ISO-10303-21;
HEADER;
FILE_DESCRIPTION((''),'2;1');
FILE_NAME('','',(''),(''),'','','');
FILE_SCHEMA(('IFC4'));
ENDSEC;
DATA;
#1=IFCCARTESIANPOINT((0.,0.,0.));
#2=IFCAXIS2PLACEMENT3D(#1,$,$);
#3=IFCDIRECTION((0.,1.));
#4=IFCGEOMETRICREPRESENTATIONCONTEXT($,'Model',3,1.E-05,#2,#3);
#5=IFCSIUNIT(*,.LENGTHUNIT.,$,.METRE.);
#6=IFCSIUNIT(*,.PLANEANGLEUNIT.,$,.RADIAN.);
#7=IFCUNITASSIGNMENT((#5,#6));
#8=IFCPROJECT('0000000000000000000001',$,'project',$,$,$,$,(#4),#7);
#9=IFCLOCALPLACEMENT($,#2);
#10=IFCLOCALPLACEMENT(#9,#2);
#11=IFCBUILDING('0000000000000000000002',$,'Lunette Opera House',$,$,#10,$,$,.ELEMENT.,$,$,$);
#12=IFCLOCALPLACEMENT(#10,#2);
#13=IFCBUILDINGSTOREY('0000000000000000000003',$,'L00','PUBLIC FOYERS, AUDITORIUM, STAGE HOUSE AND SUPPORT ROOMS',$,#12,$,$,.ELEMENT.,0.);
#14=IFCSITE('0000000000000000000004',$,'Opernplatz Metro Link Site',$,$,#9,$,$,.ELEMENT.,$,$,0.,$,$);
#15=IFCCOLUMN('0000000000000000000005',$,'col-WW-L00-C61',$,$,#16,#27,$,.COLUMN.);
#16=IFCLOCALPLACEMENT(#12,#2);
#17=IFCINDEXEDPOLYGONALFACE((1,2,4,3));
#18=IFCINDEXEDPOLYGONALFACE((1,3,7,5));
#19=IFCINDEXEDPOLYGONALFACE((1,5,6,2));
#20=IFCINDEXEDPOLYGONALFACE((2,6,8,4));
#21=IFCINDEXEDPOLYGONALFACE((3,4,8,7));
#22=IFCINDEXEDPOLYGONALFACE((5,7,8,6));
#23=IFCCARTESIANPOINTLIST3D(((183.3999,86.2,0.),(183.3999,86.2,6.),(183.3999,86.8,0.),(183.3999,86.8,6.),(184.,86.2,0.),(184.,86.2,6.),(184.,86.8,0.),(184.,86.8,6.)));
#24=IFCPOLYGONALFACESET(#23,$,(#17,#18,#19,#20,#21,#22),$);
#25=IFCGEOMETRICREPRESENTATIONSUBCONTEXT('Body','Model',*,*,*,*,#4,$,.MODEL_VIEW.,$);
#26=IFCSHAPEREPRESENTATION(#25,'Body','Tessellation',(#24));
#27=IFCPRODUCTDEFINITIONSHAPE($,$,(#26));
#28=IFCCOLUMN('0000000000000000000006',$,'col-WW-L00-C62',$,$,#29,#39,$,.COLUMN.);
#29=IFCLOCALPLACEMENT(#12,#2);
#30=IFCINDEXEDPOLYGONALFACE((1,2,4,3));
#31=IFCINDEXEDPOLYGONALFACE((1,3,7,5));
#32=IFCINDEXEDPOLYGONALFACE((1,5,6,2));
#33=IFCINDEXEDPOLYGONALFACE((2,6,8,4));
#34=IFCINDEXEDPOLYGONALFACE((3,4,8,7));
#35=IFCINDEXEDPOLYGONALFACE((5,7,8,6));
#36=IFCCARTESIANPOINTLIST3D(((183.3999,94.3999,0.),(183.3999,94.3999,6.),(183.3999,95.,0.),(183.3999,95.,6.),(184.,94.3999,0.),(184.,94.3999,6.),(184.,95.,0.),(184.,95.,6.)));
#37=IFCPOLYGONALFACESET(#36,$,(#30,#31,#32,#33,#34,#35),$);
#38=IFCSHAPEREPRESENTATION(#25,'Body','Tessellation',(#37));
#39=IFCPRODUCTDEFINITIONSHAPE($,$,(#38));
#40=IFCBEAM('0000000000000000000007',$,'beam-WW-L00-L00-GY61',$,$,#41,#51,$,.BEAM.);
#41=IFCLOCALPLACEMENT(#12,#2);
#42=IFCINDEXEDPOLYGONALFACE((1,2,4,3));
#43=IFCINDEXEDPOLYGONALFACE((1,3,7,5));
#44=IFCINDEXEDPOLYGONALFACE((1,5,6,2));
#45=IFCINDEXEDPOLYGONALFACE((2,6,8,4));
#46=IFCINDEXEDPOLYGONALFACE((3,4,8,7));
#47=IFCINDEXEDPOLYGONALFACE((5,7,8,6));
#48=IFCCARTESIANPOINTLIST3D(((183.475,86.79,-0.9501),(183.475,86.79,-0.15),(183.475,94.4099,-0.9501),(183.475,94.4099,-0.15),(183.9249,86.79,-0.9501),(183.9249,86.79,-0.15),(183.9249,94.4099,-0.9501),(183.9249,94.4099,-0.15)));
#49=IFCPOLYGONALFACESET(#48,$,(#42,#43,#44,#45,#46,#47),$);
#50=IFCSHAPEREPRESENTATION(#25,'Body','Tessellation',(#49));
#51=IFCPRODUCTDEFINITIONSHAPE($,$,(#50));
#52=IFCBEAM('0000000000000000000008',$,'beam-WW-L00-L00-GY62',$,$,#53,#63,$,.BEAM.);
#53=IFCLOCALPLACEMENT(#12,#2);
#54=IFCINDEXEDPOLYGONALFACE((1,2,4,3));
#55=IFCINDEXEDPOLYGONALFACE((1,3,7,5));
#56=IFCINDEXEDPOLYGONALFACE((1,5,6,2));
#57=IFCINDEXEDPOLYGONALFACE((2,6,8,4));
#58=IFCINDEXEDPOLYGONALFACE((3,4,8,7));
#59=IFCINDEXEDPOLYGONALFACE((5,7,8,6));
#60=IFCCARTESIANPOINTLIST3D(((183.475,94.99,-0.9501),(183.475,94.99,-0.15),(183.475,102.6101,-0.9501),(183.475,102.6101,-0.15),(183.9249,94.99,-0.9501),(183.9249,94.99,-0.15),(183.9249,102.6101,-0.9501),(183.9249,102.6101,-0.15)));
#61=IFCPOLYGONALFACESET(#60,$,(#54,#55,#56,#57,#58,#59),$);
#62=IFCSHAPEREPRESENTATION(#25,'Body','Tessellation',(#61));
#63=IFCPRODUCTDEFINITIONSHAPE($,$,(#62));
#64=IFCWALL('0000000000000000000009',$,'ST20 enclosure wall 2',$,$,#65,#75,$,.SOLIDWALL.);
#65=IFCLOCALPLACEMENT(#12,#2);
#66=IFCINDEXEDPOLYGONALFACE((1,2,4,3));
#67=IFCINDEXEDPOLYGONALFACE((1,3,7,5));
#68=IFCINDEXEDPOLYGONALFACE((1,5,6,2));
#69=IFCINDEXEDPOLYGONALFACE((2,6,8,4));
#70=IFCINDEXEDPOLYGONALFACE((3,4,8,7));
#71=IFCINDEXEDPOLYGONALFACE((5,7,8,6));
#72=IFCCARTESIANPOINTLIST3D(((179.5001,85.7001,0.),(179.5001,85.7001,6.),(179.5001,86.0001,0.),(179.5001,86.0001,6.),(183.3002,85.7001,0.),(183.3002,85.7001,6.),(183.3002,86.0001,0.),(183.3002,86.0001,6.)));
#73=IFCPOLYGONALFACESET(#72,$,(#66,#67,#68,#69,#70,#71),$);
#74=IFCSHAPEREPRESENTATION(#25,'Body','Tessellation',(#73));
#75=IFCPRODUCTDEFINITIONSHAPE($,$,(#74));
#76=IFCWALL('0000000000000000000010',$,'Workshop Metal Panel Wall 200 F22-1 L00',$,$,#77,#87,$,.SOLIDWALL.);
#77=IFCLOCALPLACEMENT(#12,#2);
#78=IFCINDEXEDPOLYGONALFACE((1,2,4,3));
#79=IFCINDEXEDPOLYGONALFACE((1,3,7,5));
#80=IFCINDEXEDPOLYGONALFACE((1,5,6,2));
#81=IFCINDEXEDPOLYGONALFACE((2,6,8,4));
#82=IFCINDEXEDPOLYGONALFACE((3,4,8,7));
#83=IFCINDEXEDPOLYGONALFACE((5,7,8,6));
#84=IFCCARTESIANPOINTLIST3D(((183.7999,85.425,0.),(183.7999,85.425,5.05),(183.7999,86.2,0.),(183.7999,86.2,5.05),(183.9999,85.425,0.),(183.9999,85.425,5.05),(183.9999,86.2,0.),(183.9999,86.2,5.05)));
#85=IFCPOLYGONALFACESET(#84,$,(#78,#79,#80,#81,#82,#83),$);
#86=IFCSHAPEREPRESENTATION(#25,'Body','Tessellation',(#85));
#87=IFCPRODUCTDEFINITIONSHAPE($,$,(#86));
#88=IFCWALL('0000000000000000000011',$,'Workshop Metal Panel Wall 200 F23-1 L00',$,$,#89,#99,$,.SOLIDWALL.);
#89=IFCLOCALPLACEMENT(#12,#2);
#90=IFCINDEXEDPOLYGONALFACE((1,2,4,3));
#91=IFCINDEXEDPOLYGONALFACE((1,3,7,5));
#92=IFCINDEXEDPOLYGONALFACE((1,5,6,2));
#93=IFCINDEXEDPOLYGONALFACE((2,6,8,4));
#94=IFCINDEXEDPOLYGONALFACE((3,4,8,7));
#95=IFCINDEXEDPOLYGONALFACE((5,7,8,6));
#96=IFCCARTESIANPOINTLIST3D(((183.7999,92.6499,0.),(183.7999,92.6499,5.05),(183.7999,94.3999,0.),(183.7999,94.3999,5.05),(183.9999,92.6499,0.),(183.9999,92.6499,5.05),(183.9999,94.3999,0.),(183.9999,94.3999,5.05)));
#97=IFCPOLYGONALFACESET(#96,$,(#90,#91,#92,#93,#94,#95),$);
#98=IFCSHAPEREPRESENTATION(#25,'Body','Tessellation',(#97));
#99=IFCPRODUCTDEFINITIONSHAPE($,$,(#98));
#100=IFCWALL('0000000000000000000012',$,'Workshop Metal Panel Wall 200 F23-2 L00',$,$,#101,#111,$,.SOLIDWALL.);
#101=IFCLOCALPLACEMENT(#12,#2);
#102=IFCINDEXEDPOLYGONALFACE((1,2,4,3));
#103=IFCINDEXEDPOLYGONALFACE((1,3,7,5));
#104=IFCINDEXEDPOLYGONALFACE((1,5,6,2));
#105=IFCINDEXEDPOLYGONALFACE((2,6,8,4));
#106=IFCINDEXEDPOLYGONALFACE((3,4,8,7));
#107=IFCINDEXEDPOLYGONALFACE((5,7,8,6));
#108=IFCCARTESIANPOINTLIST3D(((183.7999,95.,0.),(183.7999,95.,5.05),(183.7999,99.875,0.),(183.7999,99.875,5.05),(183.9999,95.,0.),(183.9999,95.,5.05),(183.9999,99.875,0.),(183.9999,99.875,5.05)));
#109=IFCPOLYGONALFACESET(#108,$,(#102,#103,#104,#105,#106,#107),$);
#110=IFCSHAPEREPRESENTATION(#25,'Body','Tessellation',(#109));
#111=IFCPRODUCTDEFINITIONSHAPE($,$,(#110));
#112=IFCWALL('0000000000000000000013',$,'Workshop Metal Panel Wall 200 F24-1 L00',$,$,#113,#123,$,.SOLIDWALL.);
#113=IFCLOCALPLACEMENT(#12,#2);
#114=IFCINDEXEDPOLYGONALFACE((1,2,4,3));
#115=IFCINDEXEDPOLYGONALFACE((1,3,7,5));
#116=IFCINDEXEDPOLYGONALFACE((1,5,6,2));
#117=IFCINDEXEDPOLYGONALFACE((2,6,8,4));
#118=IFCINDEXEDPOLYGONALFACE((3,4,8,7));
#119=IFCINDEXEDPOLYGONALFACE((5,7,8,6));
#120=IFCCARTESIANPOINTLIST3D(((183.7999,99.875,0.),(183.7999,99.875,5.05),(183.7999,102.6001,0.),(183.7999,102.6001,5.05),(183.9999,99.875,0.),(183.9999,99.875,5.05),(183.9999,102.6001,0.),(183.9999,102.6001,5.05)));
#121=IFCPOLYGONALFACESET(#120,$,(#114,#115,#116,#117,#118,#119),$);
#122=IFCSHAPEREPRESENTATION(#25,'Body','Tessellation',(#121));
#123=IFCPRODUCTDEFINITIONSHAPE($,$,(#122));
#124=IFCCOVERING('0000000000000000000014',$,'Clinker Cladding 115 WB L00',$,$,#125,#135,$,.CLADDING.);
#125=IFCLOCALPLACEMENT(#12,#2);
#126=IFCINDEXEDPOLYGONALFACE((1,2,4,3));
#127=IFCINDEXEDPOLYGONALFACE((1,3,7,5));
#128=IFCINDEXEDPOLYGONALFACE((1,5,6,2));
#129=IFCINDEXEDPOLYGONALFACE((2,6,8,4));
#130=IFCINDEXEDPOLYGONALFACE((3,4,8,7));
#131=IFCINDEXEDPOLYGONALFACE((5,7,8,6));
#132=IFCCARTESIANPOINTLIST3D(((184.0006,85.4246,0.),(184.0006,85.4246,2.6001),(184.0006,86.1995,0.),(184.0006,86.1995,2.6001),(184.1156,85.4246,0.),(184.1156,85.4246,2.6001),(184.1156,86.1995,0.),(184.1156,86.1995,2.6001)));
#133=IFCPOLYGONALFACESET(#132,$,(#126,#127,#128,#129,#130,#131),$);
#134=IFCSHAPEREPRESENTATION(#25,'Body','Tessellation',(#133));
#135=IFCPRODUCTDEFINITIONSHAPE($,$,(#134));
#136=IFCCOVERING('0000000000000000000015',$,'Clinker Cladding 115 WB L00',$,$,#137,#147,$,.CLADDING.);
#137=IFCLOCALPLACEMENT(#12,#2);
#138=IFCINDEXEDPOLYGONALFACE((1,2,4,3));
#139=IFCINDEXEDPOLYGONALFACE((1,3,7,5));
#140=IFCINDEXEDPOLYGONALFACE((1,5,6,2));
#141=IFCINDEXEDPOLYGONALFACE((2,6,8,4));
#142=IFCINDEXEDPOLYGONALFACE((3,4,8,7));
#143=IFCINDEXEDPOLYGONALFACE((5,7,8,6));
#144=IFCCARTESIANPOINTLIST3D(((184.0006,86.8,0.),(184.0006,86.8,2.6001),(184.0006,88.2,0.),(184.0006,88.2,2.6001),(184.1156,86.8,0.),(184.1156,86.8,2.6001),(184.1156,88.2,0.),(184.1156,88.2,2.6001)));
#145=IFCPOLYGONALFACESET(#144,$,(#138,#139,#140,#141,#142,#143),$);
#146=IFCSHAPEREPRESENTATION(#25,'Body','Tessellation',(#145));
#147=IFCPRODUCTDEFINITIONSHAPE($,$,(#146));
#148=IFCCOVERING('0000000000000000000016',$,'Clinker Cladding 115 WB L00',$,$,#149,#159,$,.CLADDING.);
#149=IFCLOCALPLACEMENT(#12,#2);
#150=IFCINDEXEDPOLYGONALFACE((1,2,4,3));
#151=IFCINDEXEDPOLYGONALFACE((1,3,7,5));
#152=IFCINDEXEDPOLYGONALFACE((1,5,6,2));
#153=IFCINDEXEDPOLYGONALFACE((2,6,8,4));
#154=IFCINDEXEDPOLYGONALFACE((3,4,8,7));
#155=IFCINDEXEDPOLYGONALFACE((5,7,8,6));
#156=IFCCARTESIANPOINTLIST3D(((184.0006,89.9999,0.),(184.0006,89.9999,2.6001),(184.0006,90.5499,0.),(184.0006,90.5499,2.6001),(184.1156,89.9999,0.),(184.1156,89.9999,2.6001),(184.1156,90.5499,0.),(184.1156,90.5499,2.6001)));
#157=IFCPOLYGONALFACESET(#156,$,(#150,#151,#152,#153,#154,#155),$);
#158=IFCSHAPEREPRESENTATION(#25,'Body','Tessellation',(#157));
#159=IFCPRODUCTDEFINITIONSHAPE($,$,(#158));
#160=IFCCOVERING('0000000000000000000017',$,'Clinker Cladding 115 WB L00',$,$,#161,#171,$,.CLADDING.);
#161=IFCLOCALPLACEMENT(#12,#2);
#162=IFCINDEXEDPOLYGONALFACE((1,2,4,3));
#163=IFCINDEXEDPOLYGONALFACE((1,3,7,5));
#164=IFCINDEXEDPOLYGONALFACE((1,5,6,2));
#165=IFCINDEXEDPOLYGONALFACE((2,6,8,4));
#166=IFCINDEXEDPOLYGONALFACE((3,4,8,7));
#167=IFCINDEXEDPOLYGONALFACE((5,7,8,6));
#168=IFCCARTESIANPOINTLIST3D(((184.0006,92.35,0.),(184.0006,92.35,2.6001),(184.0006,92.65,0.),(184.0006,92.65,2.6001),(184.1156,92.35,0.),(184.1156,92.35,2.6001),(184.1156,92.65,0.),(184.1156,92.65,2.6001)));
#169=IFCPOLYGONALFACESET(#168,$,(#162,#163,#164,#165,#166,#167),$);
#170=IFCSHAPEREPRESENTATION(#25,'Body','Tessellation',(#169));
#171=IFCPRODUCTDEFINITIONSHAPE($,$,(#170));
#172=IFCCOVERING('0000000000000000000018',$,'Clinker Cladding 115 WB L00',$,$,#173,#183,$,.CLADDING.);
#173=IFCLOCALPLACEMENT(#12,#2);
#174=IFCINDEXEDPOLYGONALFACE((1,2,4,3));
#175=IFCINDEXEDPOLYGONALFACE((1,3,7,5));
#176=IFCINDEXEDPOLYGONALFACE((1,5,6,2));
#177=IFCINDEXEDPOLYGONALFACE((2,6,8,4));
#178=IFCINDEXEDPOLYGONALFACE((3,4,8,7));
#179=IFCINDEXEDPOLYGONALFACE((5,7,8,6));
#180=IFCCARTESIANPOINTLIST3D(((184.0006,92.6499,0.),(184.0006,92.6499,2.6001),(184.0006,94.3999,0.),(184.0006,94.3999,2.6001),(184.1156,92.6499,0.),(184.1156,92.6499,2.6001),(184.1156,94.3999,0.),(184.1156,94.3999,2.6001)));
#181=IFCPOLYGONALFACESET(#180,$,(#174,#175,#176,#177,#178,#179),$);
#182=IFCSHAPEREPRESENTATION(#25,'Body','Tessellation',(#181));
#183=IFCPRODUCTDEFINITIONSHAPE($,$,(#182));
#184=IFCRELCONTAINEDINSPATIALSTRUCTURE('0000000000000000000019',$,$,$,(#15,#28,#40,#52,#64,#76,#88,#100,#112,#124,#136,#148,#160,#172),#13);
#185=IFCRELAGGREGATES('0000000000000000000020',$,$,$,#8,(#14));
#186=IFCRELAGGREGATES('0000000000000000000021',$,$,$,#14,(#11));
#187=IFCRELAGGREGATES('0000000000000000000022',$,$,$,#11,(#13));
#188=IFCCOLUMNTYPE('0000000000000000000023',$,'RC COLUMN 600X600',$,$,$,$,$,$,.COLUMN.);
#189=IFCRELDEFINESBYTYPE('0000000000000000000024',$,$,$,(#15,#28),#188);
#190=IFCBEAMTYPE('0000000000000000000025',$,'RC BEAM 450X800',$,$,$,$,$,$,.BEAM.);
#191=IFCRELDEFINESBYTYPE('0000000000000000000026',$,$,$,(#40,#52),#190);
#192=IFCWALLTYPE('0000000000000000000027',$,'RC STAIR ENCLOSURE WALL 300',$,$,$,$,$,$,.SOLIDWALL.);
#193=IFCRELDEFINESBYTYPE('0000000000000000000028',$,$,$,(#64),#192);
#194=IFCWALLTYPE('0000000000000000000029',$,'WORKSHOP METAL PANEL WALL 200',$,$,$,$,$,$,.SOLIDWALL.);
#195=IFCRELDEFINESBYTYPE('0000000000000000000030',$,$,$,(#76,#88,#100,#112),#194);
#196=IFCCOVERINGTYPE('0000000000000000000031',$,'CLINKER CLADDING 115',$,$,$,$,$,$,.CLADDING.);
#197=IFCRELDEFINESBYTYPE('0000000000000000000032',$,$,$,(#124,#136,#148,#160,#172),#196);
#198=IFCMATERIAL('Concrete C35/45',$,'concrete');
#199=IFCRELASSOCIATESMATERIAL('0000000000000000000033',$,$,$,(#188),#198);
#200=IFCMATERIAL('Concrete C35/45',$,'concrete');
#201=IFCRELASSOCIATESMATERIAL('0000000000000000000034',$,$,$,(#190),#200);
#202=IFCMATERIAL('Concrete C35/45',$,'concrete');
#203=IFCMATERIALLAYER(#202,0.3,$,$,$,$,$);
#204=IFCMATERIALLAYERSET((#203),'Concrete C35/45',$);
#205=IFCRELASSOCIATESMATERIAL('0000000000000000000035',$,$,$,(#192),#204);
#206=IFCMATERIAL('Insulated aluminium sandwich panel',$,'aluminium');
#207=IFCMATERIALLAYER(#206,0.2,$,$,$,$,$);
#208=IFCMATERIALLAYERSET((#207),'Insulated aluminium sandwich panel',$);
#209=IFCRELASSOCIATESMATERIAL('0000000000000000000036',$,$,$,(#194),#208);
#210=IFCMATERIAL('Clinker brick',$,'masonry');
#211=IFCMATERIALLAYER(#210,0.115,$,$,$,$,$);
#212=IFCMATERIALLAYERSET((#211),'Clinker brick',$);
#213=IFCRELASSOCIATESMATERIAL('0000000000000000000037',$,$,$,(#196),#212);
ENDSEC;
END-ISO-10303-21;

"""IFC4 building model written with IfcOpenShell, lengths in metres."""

from ifc_helpers import new_model, si_unit, direction, frame, frame_2d, origin, origin_2d, place, context, subcontext, project, spatial, rectangle, extrude, material, layer, layer_set, material_profile, profile_set, type_object, element, save


model = new_model("IFC4")

# Units and contexts
model_context = context("Model", 3, precision=1e-05, world=origin(), true_north=direction((0.0, 1.0)))
body_context = subcontext(model_context, "Body", "Model", "MODEL_VIEW")
ifc_project = project(units=[si_unit("LENGTHUNIT", "METRE"), si_unit("PLANEANGLEUNIT", "RADIAN")], contexts=[model_context])

# Site, building, storey
site_placement = place(None, origin())
site = spatial("IfcSite", under=ifc_project, at=site_placement, Name="Opernplatz Metro Link Site", CompositionType="ELEMENT", RefElevation=0.0)
building_placement = place(site_placement, origin())
building = spatial("IfcBuilding", under=site, at=building_placement, Name="Lunette Opera House", CompositionType="ELEMENT")
storey_placement = place(building_placement, origin())
storey = spatial("IfcBuildingStorey", under=building, at=storey_placement, Name="L00", Description="PUBLIC FOYERS, AUDITORIUM, STAGE HOUSE AND SUPPORT ROOMS", CompositionType="ELEMENT", Elevation=0.0)

# Columns
ifc_material_1 = material(Name="Concrete C35/45", Category="concrete")
ifc_material_profile_1 = material_profile(ifc_material_1, rectangle(XDim=0.6001, YDim=0.6001, at=origin_2d()), Name="RC COLUMN 600X600")
ifc_profile_set_1 = profile_set([ifc_material_profile_1], Name="Concrete C35/45")
column_type = type_object("IfcColumnType", Name="RC COLUMN 600X600", PredefinedType="COLUMN", material=ifc_profile_set_1)
for number, where, z_axis, x_axis, name in (
    (1, (183.7, 86.5, 0.0), (0.0, 0.0, 1.0), (1.0, 0.0, 0.0), "col-WW-L00-C61"),
    (2, (183.7, 94.7, 0.0), (0.0, 0.0, 1.0), (1.0, 0.0, 0.0), "col-WW-L00-C62"),
):
    element("IfcColumn", number, at=place(storey_placement, frame(where, z_axis=z_axis, x_axis=x_axis)), inside=storey, type_object=column_type, Name=name, PredefinedType="COLUMN", context=body_context, shape_type="SweptSolid", body=[
        extrude(rectangle(XDim=0.6001, YDim=0.6001, at=origin_2d()), origin(), (0.0, 0.0, 1.0), 6.0),
    ])

# Beams
ifc_material_2 = material(Name="Concrete C35/45", Category="concrete")
ifc_material_profile_2 = material_profile(ifc_material_2, rectangle(XDim=0.45, YDim=0.8, at=origin_2d()), Name="RC BEAM 450X800")
ifc_profile_set_2 = profile_set([ifc_material_profile_2], Name="Concrete C35/45")
beam_type = type_object("IfcBeamType", Name="RC BEAM 450X800", PredefinedType="BEAM", material=ifc_profile_set_2)
beam_1_placement = place(storey_placement, frame((183.7, 86.79, -0.55), z_axis=(0.0, 1.0, 0.0), x_axis=(-1.0, 0.0, 0.0)))
element("IfcBeam", 3, at=beam_1_placement, inside=storey, type_object=beam_type, Name="beam-WW-L00-L00-GY61", PredefinedType="BEAM", context=body_context, shape_type="SweptSolid", body=[
    extrude(rectangle(XDim=0.45, YDim=0.8, at=origin_2d()), origin(), (0.0, 0.0, 1.0), 7.6199),
])
beam_2_placement = place(storey_placement, frame((183.7, 94.99, -0.55), z_axis=(0.0, 1.0, 0.0), x_axis=(-1.0, 0.0, 0.0)))
element("IfcBeam", 4, at=beam_2_placement, inside=storey, type_object=beam_type, Name="beam-WW-L00-L00-GY62", PredefinedType="BEAM", context=body_context, shape_type="SweptSolid", body=[
    extrude(rectangle(XDim=0.45, YDim=0.8, at=origin_2d()), origin(), (0.0, 0.0, 1.0), 7.6201),
])

# Walls
ifc_material_3 = material(Name="Concrete C35/45", Category="concrete")
ifc_layer_1 = layer(ifc_material_3, 0.3)
ifc_layer_set_1 = layer_set([ifc_layer_1], Name="Concrete C35/45")
wall_type_1 = type_object("IfcWallType", Name="RC STAIR ENCLOSURE WALL 300", PredefinedType="SOLIDWALL", material=ifc_layer_set_1)
wall_1_placement = place(storey_placement, frame((183.3, 85.8501, 0.0), z_axis=(0.0, 0.0, 1.0), x_axis=(-1.0, 0.0, 0.0)))
element("IfcWall", 5, at=wall_1_placement, inside=storey, type_object=wall_type_1, Name="ST20 enclosure wall 2", PredefinedType="SOLIDWALL", context=body_context, shape_type="SweptSolid", body=[
    extrude(rectangle(XDim=3.8, YDim=0.3, at=frame_2d((1.8999, 0.0))), origin(), (0.0, 0.0, 1.0), 6.0),
])
ifc_material_4 = material(Name="Insulated aluminium sandwich panel", Category="aluminium")
ifc_layer_2 = layer(ifc_material_4, 0.2)
ifc_layer_set_2 = layer_set([ifc_layer_2], Name="Insulated aluminium sandwich panel")
wall_type_2 = type_object("IfcWallType", Name="WORKSHOP METAL PANEL WALL 200", PredefinedType="SOLIDWALL", material=ifc_layer_set_2)
wall_2_placement = place(storey_placement, frame((183.8999, 85.425, 0.0), z_axis=(0.0, 0.0, 1.0), x_axis=(0.0, 1.0, 0.0)))
element("IfcWall", 6, at=wall_2_placement, inside=storey, type_object=wall_type_2, Name="Workshop Metal Panel Wall 200 F22-1 L00", PredefinedType="SOLIDWALL", context=body_context, shape_type="SweptSolid", body=[
    extrude(rectangle(XDim=0.7749, YDim=0.2, at=frame_2d((0.3875, 0.0))), origin(), (0.0, 0.0, 1.0), 5.05),
])

# Walls
wall_3_placement = place(storey_placement, frame((183.8999, 92.6499, 0.0), z_axis=(0.0, 0.0, 1.0), x_axis=(0.0, 1.0, 0.0)))
element("IfcWall", 7, at=wall_3_placement, inside=storey, type_object=wall_type_2, Name="Workshop Metal Panel Wall 200 F23-1 L00", PredefinedType="SOLIDWALL", context=body_context, shape_type="SweptSolid", body=[
    extrude(rectangle(XDim=1.75, YDim=0.2, at=frame_2d((0.875, 0.0))), origin(), (0.0, 0.0, 1.0), 5.05),
])
wall_4_placement = place(storey_placement, frame((183.8999, 95.0, 0.0), z_axis=(0.0, 0.0, 1.0), x_axis=(0.0, 1.0, 0.0)))
element("IfcWall", 8, at=wall_4_placement, inside=storey, type_object=wall_type_2, Name="Workshop Metal Panel Wall 200 F23-2 L00", PredefinedType="SOLIDWALL", context=body_context, shape_type="SweptSolid", body=[
    extrude(rectangle(XDim=4.875, YDim=0.2, at=frame_2d((2.4375, 0.0))), origin(), (0.0, 0.0, 1.0), 5.05),
])
wall_5_placement = place(storey_placement, frame((183.8999, 99.875, 0.0), z_axis=(0.0, 0.0, 1.0), x_axis=(0.0, 1.0, 0.0)))
element("IfcWall", 9, at=wall_5_placement, inside=storey, type_object=wall_type_2, Name="Workshop Metal Panel Wall 200 F24-1 L00", PredefinedType="SOLIDWALL", context=body_context, shape_type="SweptSolid", body=[
    extrude(rectangle(XDim=2.7251, YDim=0.2, at=frame_2d((1.3625, 0.0))), origin(), (0.0, 0.0, 1.0), 5.05),
])

# Coverings
ifc_material_5 = material(Name="Clinker brick", Category="masonry")
ifc_layer_3 = layer(ifc_material_5, 0.115)
ifc_layer_set_3 = layer_set([ifc_layer_3], Name="Clinker brick")
covering_type_1 = type_object("IfcCoveringType", Name="CLINKER CLADDING 115", PredefinedType="CLADDING", material=ifc_layer_set_3)
covering_1_placement = place(storey_placement, frame((184.0581, 85.812, 0.0), z_axis=(0.0, 0.0, 1.0), x_axis=(0.0, 1.0, 0.0)))
element("IfcCovering", 10, at=covering_1_placement, inside=storey, type_object=covering_type_1, Name="Clinker Cladding 115 WB L00", PredefinedType="CLADDING", context=body_context, shape_type="SweptSolid", body=[
    extrude(rectangle(XDim=0.7749, YDim=0.115, at=origin_2d()), origin(), (0.0, 0.0, 1.0), 2.6001),
])
covering_2_placement = place(storey_placement, frame((184.0581, 87.5, 0.0), z_axis=(0.0, 0.0, 1.0), x_axis=(0.0, 1.0, 0.0)))
element("IfcCovering", 11, at=covering_2_placement, inside=storey, type_object=covering_type_1, Name="Clinker Cladding 115 WB L00", PredefinedType="CLADDING", context=body_context, shape_type="SweptSolid", body=[
    extrude(rectangle(XDim=1.3999, YDim=0.115, at=origin_2d()), origin(), (0.0, 0.0, 1.0), 2.6001),
])
covering_3_placement = place(storey_placement, frame((184.0581, 90.2749, 0.0), z_axis=(0.0, 0.0, 1.0), x_axis=(0.0, 1.0, 0.0)))
element("IfcCovering", 12, at=covering_3_placement, inside=storey, type_object=covering_type_1, Name="Clinker Cladding 115 WB L00", PredefinedType="CLADDING", context=body_context, shape_type="SweptSolid", body=[
    extrude(rectangle(XDim=0.55, YDim=0.115, at=origin_2d()), origin(), (0.0, 0.0, 1.0), 2.6001),
])
covering_4_placement = place(storey_placement, frame((184.0581, 92.5, 0.0), z_axis=(0.0, 0.0, 1.0), x_axis=(0.0, 1.0, 0.0)))
element("IfcCovering", 13, at=covering_4_placement, inside=storey, type_object=covering_type_1, Name="Clinker Cladding 115 WB L00", PredefinedType="CLADDING", context=body_context, shape_type="SweptSolid", body=[
    extrude(rectangle(XDim=0.3, YDim=0.115, at=origin_2d()), origin(), (0.0, 0.0, 1.0), 2.6001),
])
covering_5_placement = place(storey_placement, frame((184.0581, 93.5249, 0.0), z_axis=(0.0, 0.0, 1.0), x_axis=(0.0, 1.0, 0.0)))
element("IfcCovering", 14, at=covering_5_placement, inside=storey, type_object=covering_type_1, Name="Clinker Cladding 115 WB L00", PredefinedType="CLADDING", context=body_context, shape_type="SweptSolid", body=[
    extrude(rectangle(XDim=1.75, YDim=0.115, at=origin_2d()), origin(), (0.0, 0.0, 1.0), 2.6001),
])

save(model, "model.ifc")
